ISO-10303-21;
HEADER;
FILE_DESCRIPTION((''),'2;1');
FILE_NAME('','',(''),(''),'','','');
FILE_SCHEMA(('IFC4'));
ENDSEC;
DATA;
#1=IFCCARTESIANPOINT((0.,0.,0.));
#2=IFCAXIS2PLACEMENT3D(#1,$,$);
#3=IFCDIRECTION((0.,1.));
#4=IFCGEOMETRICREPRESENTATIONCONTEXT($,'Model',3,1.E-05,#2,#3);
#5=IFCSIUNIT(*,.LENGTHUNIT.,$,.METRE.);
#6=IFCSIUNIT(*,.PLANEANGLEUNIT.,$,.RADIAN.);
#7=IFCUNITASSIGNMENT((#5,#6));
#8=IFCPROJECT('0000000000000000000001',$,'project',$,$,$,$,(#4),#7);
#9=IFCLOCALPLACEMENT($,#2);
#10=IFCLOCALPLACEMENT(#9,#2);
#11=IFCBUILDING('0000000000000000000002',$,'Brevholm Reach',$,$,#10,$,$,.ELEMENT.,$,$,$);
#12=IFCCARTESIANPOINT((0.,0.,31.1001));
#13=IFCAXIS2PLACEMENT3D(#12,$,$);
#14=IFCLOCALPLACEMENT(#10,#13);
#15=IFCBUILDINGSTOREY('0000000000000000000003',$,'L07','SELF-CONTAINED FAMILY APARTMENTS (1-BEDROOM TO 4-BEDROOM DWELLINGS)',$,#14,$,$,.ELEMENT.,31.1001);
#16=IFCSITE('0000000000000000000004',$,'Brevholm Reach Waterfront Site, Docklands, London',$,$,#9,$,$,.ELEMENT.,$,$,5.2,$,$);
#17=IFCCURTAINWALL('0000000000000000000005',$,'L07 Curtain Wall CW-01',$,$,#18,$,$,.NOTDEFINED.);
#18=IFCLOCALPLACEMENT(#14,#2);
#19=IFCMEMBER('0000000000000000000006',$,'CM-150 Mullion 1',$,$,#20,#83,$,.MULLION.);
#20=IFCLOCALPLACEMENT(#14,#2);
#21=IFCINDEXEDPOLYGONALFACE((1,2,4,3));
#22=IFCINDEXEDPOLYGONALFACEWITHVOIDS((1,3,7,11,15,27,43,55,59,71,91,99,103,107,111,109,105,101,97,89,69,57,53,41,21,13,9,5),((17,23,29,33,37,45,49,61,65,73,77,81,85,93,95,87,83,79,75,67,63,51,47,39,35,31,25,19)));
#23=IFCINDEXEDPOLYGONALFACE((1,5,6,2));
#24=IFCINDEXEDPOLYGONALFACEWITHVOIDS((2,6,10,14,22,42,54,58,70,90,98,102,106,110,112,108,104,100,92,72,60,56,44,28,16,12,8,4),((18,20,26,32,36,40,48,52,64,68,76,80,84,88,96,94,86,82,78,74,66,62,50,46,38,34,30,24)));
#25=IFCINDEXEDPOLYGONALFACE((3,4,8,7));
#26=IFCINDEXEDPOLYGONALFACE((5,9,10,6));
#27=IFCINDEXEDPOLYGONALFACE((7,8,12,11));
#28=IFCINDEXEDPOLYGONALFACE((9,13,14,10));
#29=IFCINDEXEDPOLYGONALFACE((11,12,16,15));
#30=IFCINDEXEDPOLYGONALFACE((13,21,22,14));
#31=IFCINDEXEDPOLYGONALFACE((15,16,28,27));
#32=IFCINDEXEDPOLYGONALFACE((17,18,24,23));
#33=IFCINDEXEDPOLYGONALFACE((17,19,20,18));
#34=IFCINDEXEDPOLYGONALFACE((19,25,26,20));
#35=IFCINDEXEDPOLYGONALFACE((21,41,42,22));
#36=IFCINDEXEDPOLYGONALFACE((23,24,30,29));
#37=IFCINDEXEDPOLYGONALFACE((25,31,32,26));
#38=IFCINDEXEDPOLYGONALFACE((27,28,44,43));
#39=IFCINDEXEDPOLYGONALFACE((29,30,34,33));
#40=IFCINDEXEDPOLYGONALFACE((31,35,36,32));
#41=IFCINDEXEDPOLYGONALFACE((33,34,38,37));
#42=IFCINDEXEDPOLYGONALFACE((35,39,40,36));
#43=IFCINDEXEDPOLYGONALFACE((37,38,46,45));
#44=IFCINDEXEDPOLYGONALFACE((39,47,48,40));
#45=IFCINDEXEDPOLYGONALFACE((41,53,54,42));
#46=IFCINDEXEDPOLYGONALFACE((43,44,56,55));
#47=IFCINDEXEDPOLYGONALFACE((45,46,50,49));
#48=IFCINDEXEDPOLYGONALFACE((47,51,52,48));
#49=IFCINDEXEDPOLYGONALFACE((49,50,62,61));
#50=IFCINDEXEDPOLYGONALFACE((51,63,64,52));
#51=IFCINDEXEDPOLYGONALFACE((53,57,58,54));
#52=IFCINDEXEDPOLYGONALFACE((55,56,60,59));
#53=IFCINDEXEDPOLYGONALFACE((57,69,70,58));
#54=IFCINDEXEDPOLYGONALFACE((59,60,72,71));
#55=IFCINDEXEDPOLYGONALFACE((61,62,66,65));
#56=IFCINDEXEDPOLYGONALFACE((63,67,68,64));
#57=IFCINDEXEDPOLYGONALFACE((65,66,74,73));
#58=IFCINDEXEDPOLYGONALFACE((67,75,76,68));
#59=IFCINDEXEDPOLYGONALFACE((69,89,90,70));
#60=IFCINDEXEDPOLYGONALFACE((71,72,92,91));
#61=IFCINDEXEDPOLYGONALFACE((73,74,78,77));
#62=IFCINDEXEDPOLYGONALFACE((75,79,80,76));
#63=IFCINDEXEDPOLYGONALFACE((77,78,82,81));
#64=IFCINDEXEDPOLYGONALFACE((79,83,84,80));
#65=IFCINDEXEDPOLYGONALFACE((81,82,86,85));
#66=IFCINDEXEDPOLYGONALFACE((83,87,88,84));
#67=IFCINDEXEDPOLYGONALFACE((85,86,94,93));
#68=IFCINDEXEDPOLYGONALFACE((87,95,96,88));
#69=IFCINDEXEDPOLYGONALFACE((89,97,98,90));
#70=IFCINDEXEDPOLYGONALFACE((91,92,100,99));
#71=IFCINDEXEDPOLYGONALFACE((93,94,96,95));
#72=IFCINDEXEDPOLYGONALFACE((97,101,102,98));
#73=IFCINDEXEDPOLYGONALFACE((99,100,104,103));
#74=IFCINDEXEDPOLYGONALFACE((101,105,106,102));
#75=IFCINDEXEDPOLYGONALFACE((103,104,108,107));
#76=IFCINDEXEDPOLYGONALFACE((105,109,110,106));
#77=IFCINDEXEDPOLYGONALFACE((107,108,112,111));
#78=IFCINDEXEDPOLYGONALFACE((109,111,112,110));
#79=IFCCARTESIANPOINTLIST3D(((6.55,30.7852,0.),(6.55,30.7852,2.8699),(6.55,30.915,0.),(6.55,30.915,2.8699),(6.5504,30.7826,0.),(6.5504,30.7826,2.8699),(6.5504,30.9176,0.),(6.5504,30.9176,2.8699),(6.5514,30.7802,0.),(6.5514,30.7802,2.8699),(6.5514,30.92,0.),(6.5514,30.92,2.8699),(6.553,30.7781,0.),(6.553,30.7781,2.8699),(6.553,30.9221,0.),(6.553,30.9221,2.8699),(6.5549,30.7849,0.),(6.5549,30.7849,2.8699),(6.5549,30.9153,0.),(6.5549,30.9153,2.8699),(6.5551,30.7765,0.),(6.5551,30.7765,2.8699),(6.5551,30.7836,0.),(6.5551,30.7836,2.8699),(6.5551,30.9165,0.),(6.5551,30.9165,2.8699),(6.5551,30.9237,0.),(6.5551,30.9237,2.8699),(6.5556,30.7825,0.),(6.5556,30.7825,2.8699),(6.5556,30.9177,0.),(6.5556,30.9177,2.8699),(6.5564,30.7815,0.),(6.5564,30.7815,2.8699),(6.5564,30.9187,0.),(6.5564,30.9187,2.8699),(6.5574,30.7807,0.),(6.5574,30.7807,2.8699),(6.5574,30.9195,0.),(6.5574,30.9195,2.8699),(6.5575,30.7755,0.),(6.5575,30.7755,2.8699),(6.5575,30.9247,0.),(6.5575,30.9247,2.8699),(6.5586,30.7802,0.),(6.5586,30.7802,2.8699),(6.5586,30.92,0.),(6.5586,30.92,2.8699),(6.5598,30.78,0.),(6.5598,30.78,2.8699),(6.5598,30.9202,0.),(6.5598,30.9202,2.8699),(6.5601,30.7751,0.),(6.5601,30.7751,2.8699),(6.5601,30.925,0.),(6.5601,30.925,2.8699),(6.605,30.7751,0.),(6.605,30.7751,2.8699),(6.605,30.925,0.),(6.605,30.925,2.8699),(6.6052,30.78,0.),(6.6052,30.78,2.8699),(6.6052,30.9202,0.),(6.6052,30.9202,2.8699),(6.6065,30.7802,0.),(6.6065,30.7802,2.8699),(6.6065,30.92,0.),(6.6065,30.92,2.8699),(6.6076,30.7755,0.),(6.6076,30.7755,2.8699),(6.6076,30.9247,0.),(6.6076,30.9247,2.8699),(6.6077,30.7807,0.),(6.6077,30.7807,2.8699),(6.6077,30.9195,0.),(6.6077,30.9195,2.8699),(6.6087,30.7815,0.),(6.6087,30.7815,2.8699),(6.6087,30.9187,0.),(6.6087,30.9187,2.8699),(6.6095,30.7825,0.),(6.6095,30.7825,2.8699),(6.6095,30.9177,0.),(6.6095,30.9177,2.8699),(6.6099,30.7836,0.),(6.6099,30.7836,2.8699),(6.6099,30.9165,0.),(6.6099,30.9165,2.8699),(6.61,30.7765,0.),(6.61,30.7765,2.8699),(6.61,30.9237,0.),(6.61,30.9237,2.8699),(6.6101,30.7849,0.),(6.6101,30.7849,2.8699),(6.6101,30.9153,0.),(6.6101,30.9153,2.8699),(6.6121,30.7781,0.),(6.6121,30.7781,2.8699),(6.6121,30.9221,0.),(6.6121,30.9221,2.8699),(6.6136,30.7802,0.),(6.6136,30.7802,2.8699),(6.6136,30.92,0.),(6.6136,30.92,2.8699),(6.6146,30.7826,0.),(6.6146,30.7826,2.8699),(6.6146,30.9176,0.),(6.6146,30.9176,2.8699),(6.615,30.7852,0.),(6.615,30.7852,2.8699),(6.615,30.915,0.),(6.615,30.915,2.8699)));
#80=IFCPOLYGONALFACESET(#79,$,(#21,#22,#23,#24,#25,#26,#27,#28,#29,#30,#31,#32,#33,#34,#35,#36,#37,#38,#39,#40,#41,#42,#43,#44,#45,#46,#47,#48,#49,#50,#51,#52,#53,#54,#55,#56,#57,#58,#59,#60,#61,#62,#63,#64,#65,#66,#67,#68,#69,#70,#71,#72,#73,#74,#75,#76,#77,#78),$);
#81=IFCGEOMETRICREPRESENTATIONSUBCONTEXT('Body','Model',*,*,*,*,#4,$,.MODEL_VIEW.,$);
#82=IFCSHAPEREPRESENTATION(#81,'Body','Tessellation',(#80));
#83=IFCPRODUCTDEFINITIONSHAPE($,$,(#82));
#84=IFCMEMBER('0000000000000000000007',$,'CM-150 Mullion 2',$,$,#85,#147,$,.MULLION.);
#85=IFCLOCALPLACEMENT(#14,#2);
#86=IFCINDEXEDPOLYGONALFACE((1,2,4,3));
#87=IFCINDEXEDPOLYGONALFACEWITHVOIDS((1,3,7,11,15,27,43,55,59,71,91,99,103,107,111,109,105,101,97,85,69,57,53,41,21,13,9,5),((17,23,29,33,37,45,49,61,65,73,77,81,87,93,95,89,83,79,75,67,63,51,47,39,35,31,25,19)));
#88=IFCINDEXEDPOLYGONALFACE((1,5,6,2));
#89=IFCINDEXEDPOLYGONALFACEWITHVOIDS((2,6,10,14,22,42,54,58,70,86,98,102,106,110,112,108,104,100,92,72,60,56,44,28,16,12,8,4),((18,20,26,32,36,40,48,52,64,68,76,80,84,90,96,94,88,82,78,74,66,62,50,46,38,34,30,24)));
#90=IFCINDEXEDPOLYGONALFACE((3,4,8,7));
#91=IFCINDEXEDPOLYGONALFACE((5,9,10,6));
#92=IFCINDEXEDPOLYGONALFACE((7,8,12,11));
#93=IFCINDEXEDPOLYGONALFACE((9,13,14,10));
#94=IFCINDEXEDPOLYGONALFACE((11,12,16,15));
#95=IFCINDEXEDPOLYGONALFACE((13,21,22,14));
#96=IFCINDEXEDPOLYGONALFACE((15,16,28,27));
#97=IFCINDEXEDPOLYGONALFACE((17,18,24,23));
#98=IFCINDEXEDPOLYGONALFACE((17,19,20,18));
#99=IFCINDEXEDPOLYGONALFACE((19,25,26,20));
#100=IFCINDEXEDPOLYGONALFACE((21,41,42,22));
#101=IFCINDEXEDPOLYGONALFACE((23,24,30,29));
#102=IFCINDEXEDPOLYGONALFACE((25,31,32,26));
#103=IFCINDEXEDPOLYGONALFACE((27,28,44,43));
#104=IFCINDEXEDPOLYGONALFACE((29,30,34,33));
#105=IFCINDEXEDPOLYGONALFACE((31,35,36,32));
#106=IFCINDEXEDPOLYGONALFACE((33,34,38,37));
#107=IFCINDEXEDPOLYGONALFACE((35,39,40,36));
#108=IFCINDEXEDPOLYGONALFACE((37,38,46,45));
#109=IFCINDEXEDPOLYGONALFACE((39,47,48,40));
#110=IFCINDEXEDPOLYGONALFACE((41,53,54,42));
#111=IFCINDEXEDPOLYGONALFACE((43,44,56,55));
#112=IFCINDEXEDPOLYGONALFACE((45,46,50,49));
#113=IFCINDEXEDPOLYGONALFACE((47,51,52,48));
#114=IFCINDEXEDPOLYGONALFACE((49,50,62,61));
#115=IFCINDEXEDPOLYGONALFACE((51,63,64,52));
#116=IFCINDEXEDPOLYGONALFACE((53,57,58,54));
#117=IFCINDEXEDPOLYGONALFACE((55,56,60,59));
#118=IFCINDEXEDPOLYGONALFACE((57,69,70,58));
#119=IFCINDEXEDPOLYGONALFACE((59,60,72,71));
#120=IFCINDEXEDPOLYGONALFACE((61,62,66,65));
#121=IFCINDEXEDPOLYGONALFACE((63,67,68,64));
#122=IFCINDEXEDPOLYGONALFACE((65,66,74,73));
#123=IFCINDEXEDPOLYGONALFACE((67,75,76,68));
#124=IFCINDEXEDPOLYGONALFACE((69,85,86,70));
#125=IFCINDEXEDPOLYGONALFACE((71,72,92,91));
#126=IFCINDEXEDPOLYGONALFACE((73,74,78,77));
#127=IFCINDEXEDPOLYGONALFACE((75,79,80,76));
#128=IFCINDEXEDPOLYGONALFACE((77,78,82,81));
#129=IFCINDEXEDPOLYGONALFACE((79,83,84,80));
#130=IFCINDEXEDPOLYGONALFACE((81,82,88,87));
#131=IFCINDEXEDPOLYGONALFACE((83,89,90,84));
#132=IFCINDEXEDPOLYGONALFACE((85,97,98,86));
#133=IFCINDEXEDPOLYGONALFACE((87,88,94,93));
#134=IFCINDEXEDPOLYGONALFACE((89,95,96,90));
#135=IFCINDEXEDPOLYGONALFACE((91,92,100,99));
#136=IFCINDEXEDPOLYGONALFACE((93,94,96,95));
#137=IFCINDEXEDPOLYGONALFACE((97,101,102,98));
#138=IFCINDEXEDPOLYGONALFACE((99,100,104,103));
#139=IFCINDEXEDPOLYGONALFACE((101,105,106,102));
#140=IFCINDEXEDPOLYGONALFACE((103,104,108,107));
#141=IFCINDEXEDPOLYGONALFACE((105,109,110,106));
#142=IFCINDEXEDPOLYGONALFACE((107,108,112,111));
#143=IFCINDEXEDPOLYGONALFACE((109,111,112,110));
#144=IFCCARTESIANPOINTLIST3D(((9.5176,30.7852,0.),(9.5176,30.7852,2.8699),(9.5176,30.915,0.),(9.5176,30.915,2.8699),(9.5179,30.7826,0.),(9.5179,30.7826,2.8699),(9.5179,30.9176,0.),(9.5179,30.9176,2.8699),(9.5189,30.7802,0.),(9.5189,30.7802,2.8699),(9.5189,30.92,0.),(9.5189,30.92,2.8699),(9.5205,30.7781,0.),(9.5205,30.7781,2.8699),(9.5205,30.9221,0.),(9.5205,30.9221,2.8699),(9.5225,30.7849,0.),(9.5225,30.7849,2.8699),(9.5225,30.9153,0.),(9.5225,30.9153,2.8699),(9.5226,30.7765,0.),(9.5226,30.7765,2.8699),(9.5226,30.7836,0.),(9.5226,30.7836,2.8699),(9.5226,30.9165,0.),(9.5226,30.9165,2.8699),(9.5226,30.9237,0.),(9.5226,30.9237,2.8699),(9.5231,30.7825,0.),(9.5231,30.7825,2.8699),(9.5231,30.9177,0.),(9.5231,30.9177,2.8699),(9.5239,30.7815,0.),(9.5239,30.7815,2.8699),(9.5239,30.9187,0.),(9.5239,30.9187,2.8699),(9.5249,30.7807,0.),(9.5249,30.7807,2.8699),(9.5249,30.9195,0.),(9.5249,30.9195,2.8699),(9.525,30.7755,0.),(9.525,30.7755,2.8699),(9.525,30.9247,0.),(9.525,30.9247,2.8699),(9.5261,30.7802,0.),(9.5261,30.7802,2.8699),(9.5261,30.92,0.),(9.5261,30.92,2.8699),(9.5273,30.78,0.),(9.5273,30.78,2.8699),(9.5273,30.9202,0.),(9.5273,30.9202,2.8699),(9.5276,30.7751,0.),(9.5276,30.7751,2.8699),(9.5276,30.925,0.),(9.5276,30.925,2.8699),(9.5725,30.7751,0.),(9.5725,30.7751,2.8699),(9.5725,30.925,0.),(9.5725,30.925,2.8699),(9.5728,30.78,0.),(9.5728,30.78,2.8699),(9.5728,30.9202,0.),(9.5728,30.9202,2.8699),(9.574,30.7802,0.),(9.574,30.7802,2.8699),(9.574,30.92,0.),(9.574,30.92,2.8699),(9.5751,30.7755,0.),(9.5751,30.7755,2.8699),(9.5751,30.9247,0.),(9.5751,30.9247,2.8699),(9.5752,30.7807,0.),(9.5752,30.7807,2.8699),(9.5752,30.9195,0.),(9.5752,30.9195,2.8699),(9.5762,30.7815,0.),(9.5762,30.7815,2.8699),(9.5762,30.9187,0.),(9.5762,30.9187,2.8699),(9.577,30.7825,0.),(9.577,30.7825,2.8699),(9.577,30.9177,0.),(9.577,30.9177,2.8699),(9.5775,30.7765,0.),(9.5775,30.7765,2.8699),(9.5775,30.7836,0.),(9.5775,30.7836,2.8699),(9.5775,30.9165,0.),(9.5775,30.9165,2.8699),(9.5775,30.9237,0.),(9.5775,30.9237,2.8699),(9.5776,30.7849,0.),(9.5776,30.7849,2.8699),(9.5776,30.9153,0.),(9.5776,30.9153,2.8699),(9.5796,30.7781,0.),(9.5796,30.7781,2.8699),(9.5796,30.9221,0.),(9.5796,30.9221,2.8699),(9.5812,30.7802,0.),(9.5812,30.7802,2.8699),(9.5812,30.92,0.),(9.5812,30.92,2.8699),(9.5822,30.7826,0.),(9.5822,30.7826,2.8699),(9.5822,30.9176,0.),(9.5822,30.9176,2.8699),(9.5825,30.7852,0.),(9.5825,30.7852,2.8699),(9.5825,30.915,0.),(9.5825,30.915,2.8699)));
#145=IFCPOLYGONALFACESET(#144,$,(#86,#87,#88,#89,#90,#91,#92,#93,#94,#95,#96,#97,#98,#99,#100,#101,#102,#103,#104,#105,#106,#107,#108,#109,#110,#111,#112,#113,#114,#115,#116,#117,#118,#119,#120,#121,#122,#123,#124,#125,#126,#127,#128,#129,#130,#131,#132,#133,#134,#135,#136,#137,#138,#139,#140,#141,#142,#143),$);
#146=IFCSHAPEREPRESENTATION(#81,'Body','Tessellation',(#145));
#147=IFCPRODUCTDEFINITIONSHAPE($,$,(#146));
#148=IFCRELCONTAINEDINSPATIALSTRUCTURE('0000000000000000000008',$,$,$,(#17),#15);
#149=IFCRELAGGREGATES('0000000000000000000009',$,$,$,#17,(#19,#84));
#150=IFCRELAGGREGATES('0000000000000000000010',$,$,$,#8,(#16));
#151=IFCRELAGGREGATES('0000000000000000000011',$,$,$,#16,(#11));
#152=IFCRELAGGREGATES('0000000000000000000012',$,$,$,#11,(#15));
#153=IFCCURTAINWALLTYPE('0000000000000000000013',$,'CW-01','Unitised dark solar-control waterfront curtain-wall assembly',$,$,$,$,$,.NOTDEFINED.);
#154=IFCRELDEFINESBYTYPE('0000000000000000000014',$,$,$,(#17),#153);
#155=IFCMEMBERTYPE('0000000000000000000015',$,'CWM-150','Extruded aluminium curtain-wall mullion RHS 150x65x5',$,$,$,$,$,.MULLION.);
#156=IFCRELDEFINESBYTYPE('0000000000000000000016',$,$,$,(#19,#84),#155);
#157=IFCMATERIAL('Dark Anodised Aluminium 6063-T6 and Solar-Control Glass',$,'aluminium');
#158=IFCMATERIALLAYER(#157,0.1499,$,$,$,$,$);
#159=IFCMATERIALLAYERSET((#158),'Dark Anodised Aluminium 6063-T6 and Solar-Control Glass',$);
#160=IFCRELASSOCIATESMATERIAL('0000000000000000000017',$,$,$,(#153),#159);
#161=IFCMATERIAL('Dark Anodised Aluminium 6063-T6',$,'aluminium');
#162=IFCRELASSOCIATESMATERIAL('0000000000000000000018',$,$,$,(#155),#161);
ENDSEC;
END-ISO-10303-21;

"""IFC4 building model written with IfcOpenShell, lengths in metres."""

from ifc_helpers import new_model, si_unit, direction, frame, origin, origin_2d, place, context, subcontext, project, spatial, hollow_rectangle, extrude, material, layer, layer_set, material_profile, profile_set, type_object, element, aggregate, save


model = new_model("IFC4")

# Units and contexts
model_context = context("Model", 3, precision=1e-05, world=origin(), true_north=direction((0.0, 1.0)))
body_context = subcontext(model_context, "Body", "Model", "MODEL_VIEW")
ifc_project = project(units=[si_unit("LENGTHUNIT", "METRE"), si_unit("PLANEANGLEUNIT", "RADIAN")], contexts=[model_context])

# Site, building, storey
site_placement = place(None, origin())
site = spatial("IfcSite", under=ifc_project, at=site_placement, Name="Brevholm Reach Waterfront Site, Docklands, London", CompositionType="ELEMENT", RefElevation=5.2)
building_placement = place(site_placement, origin())
building = spatial("IfcBuilding", under=site, at=building_placement, Name="Brevholm Reach", CompositionType="ELEMENT")
storey_placement = place(building_placement, frame((0.0, 0.0, 31.1001)))
storey = spatial("IfcBuildingStorey", under=building, at=storey_placement, Name="L07", Description="SELF-CONTAINED FAMILY APARTMENTS (1-BEDROOM TO 4-BEDROOM DWELLINGS)", CompositionType="ELEMENT", Elevation=31.1001)

# Curtain wall, members
ifc_material_1 = material(Name="Dark Anodised Aluminium 6063-T6 and Solar-Control Glass", Category="aluminium")
ifc_layer_1 = layer(ifc_material_1, 0.1499)
ifc_layer_set_1 = layer_set([ifc_layer_1], Name="Dark Anodised Aluminium 6063-T6 and Solar-Control Glass")
curtain_wall_type = type_object("IfcCurtainWallType", Name="CW-01", Description="Unitised dark solar-control waterfront curtain-wall assembly", PredefinedType="NOTDEFINED", material=ifc_layer_set_1)
curtain_wall_placement = place(storey_placement, origin())
curtain_wall = element("IfcCurtainWall", 1, at=curtain_wall_placement, inside=storey, type_object=curtain_wall_type, Name="L07 Curtain Wall CW-01", PredefinedType="NOTDEFINED")
ifc_material_2 = material(Name="Dark Anodised Aluminium 6063-T6", Category="aluminium")
ifc_material_profile_1 = material_profile(ifc_material_2, hollow_rectangle(XDim=0.0649, YDim=0.1499, WallThickness=0.0049, InnerFilletRadius=0.0049, OuterFilletRadius=0.01, at=origin_2d()), Name="RHS 150x65x5")
ifc_profile_set_1 = profile_set([ifc_material_profile_1], Name="Dark Anodised Aluminium 6063-T6")
member_type_1 = type_object("IfcMemberType", Name="CWM-150", Description="Extruded aluminium curtain-wall mullion RHS 150x65x5", PredefinedType="MULLION", material=ifc_profile_set_1)
member_1_placement = place(storey_placement, frame((6.5825, 30.8501, 0.0), z_axis=(0.0, 0.0, 1.0), x_axis=(1.0, 0.0, 0.0)))
member_1 = element("IfcMember", 2, at=member_1_placement, type_object=member_type_1, Name="CM-150 Mullion 1", PredefinedType="MULLION", context=body_context, shape_type="SweptSolid", body=[
    extrude(hollow_rectangle(XDim=0.0649, YDim=0.1499, WallThickness=0.0049, InnerFilletRadius=0.0049, OuterFilletRadius=0.01, at=origin_2d()), origin(), (0.0, 0.0, 1.0), 2.8699),
])
member_2_placement = place(storey_placement, frame((9.55, 30.8501, 0.0), z_axis=(0.0, 0.0, 1.0), x_axis=(1.0, 0.0, 0.0)))
member_2 = element("IfcMember", 3, at=member_2_placement, type_object=member_type_1, Name="CM-150 Mullion 2", PredefinedType="MULLION", context=body_context, shape_type="SweptSolid", body=[
    extrude(hollow_rectangle(XDim=0.0649, YDim=0.1499, WallThickness=0.0049, InnerFilletRadius=0.0049, OuterFilletRadius=0.01, at=origin_2d()), origin(), (0.0, 0.0, 1.0), 2.8699),
])
aggregate(curtain_wall, [member_1, member_2])

save(model, "model.ifc")
